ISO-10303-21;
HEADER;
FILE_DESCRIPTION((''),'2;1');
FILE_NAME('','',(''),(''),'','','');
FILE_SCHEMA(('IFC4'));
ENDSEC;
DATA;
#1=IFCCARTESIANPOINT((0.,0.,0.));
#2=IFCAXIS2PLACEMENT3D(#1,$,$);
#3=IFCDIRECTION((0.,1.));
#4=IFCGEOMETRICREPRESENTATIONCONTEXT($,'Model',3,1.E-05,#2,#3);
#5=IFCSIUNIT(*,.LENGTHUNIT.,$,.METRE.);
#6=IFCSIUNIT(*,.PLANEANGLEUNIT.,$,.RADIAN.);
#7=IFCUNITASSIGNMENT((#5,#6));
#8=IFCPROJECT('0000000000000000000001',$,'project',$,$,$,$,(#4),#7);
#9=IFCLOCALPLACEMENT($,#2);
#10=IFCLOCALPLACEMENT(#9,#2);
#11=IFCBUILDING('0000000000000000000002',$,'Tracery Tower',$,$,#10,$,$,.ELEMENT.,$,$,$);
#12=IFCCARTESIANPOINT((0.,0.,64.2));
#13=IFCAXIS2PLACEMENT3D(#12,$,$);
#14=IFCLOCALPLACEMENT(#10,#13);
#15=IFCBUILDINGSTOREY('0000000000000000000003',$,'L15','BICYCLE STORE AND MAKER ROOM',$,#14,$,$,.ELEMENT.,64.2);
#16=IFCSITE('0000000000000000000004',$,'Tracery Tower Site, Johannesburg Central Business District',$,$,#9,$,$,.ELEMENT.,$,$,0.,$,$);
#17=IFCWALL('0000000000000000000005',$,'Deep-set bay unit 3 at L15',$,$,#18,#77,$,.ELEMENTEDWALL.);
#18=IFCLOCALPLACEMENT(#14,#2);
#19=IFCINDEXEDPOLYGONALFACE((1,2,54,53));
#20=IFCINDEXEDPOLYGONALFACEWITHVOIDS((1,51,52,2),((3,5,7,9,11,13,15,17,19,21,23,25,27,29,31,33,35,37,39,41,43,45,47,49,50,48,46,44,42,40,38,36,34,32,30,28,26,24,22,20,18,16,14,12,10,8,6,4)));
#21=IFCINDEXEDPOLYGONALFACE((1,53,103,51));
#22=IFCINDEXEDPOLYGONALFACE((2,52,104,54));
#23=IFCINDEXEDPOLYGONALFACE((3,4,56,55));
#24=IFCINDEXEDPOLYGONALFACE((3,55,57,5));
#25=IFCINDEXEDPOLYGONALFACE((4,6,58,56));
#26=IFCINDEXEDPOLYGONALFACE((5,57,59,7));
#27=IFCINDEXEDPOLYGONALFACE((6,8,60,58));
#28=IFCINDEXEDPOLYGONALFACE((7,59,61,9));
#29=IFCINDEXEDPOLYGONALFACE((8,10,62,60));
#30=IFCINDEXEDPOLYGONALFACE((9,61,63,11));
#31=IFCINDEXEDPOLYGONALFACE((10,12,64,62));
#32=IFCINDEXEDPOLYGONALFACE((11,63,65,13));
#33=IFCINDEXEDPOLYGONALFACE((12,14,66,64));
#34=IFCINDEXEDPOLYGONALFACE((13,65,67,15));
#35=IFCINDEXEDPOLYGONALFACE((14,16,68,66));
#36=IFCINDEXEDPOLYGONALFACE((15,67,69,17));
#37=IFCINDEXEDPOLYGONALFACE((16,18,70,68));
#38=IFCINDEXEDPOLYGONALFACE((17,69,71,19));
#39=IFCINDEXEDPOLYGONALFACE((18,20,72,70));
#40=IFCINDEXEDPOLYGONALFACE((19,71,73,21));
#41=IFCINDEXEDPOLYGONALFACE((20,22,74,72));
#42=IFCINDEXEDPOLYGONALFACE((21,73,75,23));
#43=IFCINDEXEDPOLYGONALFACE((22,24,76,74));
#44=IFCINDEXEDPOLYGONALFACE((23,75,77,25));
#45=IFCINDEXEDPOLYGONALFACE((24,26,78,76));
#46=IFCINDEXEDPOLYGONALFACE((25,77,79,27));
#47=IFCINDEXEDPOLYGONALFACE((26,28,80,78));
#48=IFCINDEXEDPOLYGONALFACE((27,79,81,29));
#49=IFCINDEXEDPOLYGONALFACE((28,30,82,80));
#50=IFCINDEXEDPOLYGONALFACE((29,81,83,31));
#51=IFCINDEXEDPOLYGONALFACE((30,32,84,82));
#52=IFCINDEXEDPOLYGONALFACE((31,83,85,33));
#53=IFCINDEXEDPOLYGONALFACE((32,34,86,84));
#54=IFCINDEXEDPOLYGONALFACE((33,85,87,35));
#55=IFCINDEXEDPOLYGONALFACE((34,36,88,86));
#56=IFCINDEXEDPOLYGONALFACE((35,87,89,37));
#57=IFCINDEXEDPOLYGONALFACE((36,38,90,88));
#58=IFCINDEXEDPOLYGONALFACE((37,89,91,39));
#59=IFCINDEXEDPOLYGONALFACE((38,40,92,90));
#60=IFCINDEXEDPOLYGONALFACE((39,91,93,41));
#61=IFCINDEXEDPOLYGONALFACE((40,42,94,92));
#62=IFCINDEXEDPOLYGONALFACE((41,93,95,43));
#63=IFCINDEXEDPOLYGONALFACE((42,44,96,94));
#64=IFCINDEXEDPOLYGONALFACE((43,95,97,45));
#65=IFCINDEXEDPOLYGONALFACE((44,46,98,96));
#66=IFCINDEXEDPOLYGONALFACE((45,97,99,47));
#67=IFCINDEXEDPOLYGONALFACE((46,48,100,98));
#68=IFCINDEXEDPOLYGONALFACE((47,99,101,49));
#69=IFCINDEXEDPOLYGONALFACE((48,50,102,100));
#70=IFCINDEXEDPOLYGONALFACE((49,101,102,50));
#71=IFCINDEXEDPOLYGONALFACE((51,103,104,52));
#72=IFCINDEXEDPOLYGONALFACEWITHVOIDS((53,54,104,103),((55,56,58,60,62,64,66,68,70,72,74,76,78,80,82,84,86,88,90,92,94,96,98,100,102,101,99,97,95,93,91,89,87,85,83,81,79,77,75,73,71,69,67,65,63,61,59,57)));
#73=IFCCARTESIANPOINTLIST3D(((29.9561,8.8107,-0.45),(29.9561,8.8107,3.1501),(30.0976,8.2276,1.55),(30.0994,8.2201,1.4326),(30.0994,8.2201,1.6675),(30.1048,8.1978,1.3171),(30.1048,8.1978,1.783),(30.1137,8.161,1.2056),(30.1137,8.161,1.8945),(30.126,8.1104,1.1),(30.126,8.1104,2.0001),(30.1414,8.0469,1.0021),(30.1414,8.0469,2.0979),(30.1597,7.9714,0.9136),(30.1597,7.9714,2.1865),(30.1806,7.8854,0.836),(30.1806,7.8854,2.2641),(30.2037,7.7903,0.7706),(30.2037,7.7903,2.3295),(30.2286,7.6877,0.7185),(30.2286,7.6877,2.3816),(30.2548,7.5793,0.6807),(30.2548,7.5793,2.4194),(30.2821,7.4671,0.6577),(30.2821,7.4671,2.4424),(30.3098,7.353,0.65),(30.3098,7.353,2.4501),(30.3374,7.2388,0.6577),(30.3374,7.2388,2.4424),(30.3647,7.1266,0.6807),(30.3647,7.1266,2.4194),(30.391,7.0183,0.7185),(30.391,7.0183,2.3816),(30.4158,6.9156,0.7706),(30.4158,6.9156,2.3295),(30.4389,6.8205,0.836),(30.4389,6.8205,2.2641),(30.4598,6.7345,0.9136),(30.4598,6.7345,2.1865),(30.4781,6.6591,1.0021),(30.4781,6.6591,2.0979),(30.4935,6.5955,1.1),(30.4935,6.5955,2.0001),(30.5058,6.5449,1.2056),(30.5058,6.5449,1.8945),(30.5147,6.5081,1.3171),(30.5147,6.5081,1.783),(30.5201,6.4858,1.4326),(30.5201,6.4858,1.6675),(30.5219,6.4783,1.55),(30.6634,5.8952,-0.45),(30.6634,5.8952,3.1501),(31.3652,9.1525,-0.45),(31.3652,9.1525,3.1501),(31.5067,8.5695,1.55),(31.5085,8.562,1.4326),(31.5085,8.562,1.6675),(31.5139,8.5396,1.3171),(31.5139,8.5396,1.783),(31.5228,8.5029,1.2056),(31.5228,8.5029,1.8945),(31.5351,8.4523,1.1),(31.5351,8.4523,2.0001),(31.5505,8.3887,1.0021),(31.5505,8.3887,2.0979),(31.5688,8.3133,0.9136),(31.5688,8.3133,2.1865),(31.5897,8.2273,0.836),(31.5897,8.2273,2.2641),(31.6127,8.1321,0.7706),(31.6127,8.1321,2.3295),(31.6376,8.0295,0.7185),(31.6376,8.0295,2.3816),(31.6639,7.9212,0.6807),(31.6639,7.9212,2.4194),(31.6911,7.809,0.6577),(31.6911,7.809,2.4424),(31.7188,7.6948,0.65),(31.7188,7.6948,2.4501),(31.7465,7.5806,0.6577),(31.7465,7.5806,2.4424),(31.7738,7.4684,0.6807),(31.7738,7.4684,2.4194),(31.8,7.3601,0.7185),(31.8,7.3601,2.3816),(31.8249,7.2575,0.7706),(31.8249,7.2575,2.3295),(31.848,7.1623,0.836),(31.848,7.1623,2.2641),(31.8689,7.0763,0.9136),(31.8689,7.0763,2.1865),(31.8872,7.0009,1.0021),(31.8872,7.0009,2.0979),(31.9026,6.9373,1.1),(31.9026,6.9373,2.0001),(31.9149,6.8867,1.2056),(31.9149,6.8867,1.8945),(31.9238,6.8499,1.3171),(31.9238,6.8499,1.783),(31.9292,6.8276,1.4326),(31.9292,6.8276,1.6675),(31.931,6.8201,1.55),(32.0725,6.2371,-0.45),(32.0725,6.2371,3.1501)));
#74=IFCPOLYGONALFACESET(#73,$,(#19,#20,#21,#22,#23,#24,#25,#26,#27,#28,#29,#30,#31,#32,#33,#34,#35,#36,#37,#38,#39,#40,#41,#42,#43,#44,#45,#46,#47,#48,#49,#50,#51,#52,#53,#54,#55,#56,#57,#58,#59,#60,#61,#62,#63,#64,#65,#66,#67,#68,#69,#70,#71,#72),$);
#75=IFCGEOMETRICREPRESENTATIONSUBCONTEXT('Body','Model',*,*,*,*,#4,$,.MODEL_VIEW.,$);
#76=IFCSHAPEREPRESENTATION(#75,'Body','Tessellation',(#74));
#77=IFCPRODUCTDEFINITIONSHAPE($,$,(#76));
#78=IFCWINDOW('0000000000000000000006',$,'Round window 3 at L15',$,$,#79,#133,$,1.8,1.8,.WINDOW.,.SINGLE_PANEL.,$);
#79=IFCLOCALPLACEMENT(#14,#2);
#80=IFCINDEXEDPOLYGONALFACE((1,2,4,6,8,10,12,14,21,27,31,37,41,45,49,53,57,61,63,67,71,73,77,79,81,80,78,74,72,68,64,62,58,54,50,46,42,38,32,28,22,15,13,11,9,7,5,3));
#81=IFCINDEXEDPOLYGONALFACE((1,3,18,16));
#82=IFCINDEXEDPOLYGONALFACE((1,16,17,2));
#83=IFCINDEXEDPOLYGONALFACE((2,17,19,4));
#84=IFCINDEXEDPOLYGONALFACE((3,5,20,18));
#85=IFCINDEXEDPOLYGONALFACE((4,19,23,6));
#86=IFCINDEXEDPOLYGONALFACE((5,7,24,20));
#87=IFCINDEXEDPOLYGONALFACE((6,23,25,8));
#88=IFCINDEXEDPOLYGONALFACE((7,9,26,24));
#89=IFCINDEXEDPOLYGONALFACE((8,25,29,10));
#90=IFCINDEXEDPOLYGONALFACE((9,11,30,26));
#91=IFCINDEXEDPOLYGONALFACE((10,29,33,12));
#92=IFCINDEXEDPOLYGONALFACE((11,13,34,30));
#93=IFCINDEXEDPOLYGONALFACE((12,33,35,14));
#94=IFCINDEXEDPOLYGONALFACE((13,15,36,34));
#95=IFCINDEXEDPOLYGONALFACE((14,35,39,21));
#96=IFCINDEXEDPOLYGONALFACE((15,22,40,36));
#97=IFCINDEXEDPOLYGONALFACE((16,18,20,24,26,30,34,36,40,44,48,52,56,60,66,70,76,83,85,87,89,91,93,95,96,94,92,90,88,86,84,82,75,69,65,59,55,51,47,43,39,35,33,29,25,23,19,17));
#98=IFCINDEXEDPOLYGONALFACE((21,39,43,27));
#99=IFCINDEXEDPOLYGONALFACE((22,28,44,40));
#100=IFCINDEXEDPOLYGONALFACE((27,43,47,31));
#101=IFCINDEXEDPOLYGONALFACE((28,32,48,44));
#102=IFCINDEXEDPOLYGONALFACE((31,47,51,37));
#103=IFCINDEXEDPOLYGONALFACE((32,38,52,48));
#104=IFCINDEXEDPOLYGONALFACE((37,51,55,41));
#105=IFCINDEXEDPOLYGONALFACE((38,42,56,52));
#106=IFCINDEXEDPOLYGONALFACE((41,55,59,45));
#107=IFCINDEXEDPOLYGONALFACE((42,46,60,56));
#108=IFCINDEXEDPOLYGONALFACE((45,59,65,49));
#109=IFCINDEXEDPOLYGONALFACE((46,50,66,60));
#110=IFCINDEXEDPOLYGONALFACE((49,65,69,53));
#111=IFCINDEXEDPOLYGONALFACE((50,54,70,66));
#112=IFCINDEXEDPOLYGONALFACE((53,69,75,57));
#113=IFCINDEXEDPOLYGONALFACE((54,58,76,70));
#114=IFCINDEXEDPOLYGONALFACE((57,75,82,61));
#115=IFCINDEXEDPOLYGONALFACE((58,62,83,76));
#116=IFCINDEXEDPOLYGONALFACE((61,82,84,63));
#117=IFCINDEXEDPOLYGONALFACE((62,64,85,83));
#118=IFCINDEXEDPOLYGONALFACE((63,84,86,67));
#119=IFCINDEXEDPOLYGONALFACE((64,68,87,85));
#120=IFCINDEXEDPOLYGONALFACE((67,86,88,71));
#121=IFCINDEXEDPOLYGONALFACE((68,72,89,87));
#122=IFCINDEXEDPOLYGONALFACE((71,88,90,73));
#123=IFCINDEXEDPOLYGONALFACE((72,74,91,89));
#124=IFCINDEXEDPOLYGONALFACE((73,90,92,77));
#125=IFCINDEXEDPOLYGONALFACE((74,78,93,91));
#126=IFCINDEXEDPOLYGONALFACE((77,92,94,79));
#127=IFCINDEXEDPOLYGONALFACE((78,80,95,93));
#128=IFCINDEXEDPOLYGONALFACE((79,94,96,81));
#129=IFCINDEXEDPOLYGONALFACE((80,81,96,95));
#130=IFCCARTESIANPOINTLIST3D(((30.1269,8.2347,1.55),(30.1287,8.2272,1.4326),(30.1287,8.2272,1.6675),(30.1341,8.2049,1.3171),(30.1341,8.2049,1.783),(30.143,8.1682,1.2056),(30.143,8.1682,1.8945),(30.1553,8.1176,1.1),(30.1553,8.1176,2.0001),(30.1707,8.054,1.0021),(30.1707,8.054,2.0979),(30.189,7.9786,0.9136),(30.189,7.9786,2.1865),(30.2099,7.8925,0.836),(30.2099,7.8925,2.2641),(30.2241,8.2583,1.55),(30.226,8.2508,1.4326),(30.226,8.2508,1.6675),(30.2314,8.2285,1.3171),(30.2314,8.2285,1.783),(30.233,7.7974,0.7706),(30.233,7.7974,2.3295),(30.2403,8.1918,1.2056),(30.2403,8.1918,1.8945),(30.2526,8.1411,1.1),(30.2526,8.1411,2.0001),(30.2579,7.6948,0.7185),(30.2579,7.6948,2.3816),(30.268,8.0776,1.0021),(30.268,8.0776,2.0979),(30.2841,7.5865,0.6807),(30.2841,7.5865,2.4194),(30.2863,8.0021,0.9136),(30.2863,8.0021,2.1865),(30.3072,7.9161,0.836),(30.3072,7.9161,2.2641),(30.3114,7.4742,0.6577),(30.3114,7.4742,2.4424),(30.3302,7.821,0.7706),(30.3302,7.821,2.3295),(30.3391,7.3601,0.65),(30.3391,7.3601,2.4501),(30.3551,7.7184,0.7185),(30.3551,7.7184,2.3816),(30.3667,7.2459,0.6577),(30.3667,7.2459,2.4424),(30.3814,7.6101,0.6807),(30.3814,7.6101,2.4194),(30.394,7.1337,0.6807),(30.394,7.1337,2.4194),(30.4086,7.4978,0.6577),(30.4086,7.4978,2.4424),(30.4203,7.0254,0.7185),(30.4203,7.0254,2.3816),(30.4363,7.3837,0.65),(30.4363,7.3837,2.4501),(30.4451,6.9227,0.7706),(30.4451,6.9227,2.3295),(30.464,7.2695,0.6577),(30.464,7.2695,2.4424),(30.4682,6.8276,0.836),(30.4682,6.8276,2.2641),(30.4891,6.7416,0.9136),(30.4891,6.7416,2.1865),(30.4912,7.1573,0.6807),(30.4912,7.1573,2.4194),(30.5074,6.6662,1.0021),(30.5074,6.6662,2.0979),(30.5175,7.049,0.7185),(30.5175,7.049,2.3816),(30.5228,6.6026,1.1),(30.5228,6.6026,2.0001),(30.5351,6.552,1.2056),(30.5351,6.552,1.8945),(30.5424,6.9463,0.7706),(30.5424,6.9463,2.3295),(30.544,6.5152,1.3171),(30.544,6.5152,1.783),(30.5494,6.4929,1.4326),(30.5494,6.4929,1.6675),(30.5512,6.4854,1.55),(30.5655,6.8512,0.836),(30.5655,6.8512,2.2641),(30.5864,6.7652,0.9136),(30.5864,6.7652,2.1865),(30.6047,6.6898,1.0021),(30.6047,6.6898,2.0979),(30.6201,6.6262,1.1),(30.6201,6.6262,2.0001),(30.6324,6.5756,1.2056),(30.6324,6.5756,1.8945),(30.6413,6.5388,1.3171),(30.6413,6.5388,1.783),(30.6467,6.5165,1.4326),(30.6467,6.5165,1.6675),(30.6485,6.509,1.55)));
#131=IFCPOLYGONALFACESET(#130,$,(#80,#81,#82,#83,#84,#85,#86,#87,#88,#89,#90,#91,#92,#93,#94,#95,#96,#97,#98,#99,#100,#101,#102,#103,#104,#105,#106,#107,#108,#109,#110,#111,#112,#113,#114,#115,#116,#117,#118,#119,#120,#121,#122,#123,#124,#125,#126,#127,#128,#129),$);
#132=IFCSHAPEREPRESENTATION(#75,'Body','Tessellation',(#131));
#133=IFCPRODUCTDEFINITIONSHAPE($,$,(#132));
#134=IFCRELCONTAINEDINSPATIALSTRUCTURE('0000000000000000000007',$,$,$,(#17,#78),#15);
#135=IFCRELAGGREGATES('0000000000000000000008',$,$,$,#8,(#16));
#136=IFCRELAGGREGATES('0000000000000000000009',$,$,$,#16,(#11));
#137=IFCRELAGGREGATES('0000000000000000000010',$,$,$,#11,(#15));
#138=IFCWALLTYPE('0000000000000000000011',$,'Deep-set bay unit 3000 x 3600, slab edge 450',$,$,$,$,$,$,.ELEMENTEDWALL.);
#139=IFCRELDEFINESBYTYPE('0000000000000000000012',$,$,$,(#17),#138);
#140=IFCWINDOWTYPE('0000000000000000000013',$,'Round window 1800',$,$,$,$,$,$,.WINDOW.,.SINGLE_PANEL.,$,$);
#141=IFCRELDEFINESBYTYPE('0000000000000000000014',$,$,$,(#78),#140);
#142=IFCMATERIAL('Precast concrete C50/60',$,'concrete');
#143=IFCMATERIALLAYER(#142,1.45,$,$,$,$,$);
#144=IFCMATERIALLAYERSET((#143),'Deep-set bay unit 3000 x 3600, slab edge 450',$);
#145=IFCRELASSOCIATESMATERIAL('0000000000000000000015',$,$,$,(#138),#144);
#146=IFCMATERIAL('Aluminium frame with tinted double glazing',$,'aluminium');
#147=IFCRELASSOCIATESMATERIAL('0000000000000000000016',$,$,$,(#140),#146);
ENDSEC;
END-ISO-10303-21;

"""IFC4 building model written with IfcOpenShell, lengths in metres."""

from ifc_helpers import new_model, si_unit, direction, frame, frame_2d, origin, origin_2d, place, context, subcontext, project, spatial, rectangle, circle, extrude, material, layer, layer_set, type_object, element, fill, save


model = new_model("IFC4")

# Units and contexts
model_context = context("Model", 3, precision=1e-05, world=origin(), true_north=direction((0.0, 1.0)))
body_context = subcontext(model_context, "Body", "Model", "MODEL_VIEW")
ifc_project = project(units=[si_unit("LENGTHUNIT", "METRE"), si_unit("PLANEANGLEUNIT", "RADIAN")], contexts=[model_context])

# Site, building, storey
site_placement = place(None, origin())
site = spatial("IfcSite", under=ifc_project, at=site_placement, Name="Tracery Tower Site, Johannesburg Central Business District", CompositionType="ELEMENT", RefElevation=0.0)
building_placement = place(site_placement, origin())
building = spatial("IfcBuilding", under=site, at=building_placement, Name="Tracery Tower", CompositionType="ELEMENT")
storey_placement = place(building_placement, frame((0.0, 0.0, 64.2)))
storey = spatial("IfcBuildingStorey", under=building, at=storey_placement, Name="L15", Description="BICYCLE STORE AND MAKER ROOM", CompositionType="ELEMENT", Elevation=64.2)

# Wall, opening, window
ifc_material_1 = material(Name="Precast concrete C50/60", Category="concrete")
ifc_layer_1 = layer(ifc_material_1, 1.45)
ifc_layer_set_1 = layer_set([ifc_layer_1], Name="Deep-set bay unit 3000 x 3600, slab edge 450")
wall_type_1 = type_object("IfcWallType", Name="Deep-set bay unit 3000 x 3600, slab edge 450", PredefinedType="ELEMENTEDWALL", material=ifc_layer_set_1)
wall_1_placement = place(storey_placement, frame((31.3679, 6.0662, -0.45), z_axis=(0.0, 0.0, 1.0), x_axis=(-0.235751, 0.971813, 0.0)))
wall_1 = element("IfcWall", 1, at=wall_1_placement, inside=storey, type_object=wall_type_1, Name="Deep-set bay unit 3 at L15", PredefinedType="ELEMENTEDWALL", context=body_context, shape_type="SweptSolid", body=[
    extrude(rectangle(XDim=3.0, YDim=1.45, at=frame_2d((1.5, 0.0))), origin(), (0.0, 0.0, 1.0), 3.6001),
])
opening_1_placement = place(wall_1_placement, frame((1.5, 0.0, 2.0)))
opening_1 = element("IfcOpeningElement", 2, at=opening_1_placement, cuts=wall_1, PredefinedType="OPENING", context=body_context, shape_type="SweptSolid", body=[
    extrude(circle(Radius=0.9, at=origin_2d()), frame((0.0, 0.7349, 0.0), z_axis=(0.0, -1.0, 0.0), x_axis=(1.0, 0.0, 0.0)), (0.0, 0.0, 1.0), 1.47),
])
ifc_material_2 = material(Name="Aluminium frame with tinted double glazing", Category="aluminium")
window_type = type_object("IfcWindowType", Name="Round window 1800", PartitioningType="SINGLE_PANEL", PredefinedType="WINDOW", material=ifc_material_2)
window_1_placement = place(opening_1_placement, origin())
window_1 = element("IfcWindow", 3, at=window_1_placement, inside=storey, type_object=window_type, Name="Round window 3 at L15", OverallHeight=1.8, OverallWidth=1.8, PartitioningType="SINGLE_PANEL", PredefinedType="WINDOW", context=body_context, shape_type="SweptSolid", body=[
    extrude(circle(Radius=0.9, at=origin_2d()), frame((0.0, 0.6948, 0.0), z_axis=(0.0, -1.0, 0.0), x_axis=(1.0, 0.0, 0.0)), (0.0, 0.0, 1.0), 0.1001),
])
fill(opening_1, window_1)

save(model, "model.ifc")
